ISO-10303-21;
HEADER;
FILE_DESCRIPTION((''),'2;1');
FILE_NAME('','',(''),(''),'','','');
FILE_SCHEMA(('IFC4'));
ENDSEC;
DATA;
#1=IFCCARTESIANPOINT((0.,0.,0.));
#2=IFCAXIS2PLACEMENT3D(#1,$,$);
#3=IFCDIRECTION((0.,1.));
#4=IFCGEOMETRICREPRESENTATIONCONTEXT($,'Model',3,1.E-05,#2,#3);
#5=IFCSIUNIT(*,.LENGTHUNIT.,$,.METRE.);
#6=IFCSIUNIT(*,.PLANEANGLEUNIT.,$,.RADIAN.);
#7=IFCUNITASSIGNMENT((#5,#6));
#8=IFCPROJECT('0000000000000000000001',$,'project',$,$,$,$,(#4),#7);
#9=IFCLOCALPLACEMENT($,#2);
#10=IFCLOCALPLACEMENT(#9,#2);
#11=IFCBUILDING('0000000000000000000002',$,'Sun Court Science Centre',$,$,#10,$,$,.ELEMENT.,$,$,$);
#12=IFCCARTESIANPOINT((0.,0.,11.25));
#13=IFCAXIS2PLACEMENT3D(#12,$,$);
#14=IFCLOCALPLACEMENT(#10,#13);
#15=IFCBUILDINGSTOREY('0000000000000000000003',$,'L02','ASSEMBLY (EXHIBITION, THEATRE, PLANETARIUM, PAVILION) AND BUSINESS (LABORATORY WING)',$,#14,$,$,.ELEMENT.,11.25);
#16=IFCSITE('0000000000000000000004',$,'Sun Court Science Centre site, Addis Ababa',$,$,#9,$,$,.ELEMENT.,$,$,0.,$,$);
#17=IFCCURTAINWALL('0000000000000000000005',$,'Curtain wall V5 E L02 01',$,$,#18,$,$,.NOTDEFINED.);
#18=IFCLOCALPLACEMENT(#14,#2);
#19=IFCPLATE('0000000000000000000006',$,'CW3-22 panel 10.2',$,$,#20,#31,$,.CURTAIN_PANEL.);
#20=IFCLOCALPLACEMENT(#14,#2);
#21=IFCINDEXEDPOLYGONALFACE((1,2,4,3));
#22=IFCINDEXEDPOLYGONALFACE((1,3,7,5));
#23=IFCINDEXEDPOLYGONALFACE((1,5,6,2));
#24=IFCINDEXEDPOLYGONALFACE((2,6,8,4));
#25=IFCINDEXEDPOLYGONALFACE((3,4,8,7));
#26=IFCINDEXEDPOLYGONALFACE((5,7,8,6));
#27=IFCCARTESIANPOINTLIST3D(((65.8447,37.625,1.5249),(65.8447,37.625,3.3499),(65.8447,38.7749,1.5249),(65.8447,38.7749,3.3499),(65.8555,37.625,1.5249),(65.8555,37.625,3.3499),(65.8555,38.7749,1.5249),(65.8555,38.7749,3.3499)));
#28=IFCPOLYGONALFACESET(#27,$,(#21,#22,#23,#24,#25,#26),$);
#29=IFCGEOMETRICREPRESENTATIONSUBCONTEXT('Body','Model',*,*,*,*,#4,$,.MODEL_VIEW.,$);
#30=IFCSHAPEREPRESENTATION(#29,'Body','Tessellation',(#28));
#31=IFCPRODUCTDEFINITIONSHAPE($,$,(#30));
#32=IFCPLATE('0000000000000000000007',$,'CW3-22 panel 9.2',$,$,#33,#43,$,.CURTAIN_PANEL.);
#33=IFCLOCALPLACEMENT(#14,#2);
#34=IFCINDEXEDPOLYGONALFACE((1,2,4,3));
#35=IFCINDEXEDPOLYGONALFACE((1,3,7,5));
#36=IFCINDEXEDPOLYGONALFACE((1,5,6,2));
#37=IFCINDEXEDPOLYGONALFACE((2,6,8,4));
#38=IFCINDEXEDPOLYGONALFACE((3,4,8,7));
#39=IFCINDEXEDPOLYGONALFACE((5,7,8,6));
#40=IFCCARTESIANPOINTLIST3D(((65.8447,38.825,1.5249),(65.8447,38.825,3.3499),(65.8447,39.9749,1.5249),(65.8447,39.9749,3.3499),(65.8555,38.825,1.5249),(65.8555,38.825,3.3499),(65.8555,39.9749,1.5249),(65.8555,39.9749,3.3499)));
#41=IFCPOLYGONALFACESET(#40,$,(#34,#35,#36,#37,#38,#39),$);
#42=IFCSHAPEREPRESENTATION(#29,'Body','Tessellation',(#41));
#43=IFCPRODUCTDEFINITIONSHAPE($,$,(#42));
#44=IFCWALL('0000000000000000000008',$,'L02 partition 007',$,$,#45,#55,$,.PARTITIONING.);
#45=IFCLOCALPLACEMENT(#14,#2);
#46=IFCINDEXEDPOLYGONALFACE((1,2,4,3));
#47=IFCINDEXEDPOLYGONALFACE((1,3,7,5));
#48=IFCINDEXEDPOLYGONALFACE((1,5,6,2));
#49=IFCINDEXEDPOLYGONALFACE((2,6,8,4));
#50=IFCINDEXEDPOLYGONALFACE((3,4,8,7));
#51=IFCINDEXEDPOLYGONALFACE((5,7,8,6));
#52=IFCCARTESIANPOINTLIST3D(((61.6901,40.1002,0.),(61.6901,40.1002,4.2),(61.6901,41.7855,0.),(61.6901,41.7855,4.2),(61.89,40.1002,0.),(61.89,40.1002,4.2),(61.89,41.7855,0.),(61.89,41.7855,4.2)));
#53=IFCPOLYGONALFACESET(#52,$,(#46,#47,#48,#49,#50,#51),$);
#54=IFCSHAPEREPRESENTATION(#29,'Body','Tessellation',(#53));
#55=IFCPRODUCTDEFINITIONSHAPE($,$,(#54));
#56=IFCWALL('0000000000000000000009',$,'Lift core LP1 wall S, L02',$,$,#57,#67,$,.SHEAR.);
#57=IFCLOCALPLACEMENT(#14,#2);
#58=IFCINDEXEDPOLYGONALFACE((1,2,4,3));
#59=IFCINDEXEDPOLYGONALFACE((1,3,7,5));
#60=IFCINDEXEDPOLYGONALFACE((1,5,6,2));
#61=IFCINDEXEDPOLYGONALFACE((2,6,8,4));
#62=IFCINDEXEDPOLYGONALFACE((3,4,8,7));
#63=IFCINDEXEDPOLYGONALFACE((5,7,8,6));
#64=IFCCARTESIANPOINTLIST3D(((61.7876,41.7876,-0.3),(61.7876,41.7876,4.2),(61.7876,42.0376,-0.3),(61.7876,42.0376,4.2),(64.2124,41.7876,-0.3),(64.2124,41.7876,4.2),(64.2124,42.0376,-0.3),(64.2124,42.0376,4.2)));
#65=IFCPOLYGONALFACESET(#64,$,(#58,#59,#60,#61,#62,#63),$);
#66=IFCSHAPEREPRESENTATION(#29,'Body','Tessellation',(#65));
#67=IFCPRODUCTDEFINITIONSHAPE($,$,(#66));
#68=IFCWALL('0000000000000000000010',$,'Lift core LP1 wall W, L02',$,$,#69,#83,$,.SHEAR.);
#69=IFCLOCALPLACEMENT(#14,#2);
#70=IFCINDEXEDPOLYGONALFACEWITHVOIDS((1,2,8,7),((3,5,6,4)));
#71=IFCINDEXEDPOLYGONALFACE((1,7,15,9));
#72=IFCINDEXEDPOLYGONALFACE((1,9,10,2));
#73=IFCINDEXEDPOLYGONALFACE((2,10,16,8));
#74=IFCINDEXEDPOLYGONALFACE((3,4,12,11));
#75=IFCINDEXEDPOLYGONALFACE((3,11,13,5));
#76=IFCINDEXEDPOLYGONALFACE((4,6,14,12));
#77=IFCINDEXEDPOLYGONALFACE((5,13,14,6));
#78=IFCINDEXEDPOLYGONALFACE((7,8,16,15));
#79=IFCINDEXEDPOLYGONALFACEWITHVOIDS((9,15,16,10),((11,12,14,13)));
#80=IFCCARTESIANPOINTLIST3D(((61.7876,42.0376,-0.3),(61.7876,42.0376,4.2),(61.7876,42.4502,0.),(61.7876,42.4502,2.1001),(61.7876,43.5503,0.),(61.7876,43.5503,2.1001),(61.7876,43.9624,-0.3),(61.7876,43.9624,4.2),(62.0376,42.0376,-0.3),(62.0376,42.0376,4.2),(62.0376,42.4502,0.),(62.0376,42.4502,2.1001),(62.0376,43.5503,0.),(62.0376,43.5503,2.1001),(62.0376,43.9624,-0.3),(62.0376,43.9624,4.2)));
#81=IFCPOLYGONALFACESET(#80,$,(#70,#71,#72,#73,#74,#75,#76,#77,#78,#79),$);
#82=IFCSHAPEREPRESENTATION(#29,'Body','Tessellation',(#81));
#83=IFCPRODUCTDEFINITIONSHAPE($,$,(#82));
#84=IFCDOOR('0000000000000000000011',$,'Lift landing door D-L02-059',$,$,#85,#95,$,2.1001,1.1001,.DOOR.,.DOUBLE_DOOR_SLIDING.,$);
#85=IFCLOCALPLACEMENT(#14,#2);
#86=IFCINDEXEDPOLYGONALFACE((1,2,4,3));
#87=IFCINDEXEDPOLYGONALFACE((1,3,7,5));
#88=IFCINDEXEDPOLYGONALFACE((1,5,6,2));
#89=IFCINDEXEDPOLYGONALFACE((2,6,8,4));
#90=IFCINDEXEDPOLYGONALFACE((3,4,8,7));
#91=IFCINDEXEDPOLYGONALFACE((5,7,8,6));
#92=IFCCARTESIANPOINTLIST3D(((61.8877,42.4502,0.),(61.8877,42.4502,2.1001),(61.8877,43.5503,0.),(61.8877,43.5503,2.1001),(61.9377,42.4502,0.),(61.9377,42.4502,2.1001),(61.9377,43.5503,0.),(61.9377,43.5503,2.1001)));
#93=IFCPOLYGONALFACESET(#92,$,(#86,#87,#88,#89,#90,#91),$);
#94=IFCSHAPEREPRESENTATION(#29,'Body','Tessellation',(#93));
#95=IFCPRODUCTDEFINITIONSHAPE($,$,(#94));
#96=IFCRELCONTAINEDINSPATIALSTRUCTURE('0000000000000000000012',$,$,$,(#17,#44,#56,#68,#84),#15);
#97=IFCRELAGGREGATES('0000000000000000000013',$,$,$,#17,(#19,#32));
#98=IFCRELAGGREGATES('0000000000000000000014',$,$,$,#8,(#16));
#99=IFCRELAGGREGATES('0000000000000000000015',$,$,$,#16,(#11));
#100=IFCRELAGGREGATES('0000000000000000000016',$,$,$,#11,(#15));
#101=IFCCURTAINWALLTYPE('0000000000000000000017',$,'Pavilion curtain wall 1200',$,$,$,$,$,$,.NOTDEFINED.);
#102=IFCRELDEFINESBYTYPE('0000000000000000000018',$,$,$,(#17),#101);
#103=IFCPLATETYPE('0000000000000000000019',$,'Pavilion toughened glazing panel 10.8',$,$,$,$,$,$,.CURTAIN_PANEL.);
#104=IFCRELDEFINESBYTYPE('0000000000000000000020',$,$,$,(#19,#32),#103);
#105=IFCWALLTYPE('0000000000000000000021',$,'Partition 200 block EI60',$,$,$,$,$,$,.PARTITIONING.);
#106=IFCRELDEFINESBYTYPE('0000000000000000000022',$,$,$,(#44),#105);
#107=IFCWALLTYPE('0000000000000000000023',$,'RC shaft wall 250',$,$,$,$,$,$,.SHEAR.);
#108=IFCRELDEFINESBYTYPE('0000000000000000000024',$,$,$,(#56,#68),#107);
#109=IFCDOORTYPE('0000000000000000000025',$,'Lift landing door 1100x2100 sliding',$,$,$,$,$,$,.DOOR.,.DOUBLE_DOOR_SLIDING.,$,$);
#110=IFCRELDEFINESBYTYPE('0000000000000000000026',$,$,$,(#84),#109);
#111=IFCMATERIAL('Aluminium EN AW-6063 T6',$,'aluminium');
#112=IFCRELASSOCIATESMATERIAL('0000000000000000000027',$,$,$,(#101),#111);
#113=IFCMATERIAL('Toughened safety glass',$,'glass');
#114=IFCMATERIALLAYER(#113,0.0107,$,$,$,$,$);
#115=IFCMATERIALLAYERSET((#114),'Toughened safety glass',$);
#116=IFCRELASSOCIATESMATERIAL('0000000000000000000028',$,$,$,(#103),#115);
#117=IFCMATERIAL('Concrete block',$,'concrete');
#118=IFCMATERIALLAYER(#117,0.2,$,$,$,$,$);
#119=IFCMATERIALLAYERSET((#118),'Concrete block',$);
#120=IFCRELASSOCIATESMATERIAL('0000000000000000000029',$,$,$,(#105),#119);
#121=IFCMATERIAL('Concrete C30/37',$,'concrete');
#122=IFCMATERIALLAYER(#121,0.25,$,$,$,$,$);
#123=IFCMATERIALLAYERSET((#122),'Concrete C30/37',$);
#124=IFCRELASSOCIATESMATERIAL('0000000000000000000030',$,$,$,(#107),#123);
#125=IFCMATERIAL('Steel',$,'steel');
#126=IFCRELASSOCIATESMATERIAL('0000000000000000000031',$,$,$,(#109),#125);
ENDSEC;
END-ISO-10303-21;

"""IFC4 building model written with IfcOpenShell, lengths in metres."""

from ifc_helpers import new_model, si_unit, direction, frame, frame_2d, origin, origin_2d, place, context, subcontext, project, spatial, rectangle, extrude, material, layer, layer_set, type_object, element, fill, aggregate, save


model = new_model("IFC4")

# Units and contexts
model_context = context("Model", 3, precision=1e-05, world=origin(), true_north=direction((0.0, 1.0)))
body_context = subcontext(model_context, "Body", "Model", "MODEL_VIEW")
ifc_project = project(units=[si_unit("LENGTHUNIT", "METRE"), si_unit("PLANEANGLEUNIT", "RADIAN")], contexts=[model_context])

# Site, building, storey
site_placement = place(None, origin())
site = spatial("IfcSite", under=ifc_project, at=site_placement, Name="Sun Court Science Centre site, Addis Ababa", CompositionType="ELEMENT", RefElevation=0.0)
building_placement = place(site_placement, origin())
building = spatial("IfcBuilding", under=site, at=building_placement, Name="Sun Court Science Centre", CompositionType="ELEMENT")
storey_placement = place(building_placement, frame((0.0, 0.0, 11.25)))
storey = spatial("IfcBuildingStorey", under=building, at=storey_placement, Name="L02", Description="ASSEMBLY (EXHIBITION, THEATRE, PLANETARIUM, PAVILION) AND BUSINESS (LABORATORY WING)", CompositionType="ELEMENT", Elevation=11.25)

# Curtain wall
ifc_material_1 = material(Name="Aluminium EN AW-6063 T6", Category="aluminium")
curtain_wall_type = type_object("IfcCurtainWallType", Name="Pavilion curtain wall 1200", PredefinedType="NOTDEFINED", material=ifc_material_1)
curtain_wall_placement = place(storey_placement, origin())
curtain_wall = element("IfcCurtainWall", 1, at=curtain_wall_placement, inside=storey, type_object=curtain_wall_type, Name="Curtain wall V5 E L02 01", PredefinedType="NOTDEFINED")

# Plates
ifc_material_2 = material(Name="Toughened safety glass", Category="glass")
ifc_layer_1 = layer(ifc_material_2, 0.0107)
ifc_layer_set_1 = layer_set([ifc_layer_1], Name="Toughened safety glass")
plate_type = type_object("IfcPlateType", Name="Pavilion toughened glazing panel 10.8", PredefinedType="CURTAIN_PANEL", material=ifc_layer_set_1)
plate_1_placement = place(storey_placement, frame((65.8501, 38.2, 1.5249), z_axis=(0.0, 0.0, 1.0), x_axis=(0.0, -1.0, 0.0)))
plate_1 = element("IfcPlate", 2, at=plate_1_placement, type_object=plate_type, Name="CW3-22 panel 10.2", PredefinedType="CURTAIN_PANEL", context=body_context, shape_type="SweptSolid", body=[
    extrude(rectangle(XDim=1.1499, YDim=0.0107, at=origin_2d()), origin(), (0.0, 0.0, 1.0), 1.825),
])
plate_2_placement = place(storey_placement, frame((65.8501, 39.3999, 1.5249), z_axis=(0.0, 0.0, 1.0), x_axis=(0.0, -1.0, 0.0)))
plate_2 = element("IfcPlate", 3, at=plate_2_placement, type_object=plate_type, Name="CW3-22 panel 9.2", PredefinedType="CURTAIN_PANEL", context=body_context, shape_type="SweptSolid", body=[
    extrude(rectangle(XDim=1.1499, YDim=0.0107, at=origin_2d()), origin(), (0.0, 0.0, 1.0), 1.825),
])
aggregate(curtain_wall, [plate_1, plate_2])

# Walls
ifc_material_3 = material(Name="Concrete block", Category="concrete")
ifc_layer_2 = layer(ifc_material_3, 0.2)
ifc_layer_set_2 = layer_set([ifc_layer_2], Name="Concrete block")
wall_type_1 = type_object("IfcWallType", Name="Partition 200 block EI60", PredefinedType="PARTITIONING", material=ifc_layer_set_2)
wall_1_placement = place(storey_placement, frame((61.79, 40.1001, 0.0), z_axis=(0.0, 0.0, 1.0), x_axis=(0.0, 1.0, 0.0)))
element("IfcWall", 4, at=wall_1_placement, inside=storey, type_object=wall_type_1, Name="L02 partition 007", PredefinedType="PARTITIONING", context=body_context, shape_type="SweptSolid", body=[
    extrude(rectangle(XDim=1.6853, YDim=0.2, at=frame_2d((0.8428, 0.0))), origin(), (0.0, 0.0, 1.0), 4.2),
])
ifc_material_4 = material(Name="Concrete C30/37", Category="concrete")
ifc_layer_3 = layer(ifc_material_4, 0.25)
ifc_layer_set_3 = layer_set([ifc_layer_3], Name="Concrete C30/37")
wall_type_2 = type_object("IfcWallType", Name="RC shaft wall 250", PredefinedType="SHEAR", material=ifc_layer_set_3)
wall_2_placement = place(storey_placement, frame((61.7876, 41.9126, -0.3), z_axis=(0.0, 0.0, 1.0), x_axis=(1.0, 0.0, 0.0)))
element("IfcWall", 5, at=wall_2_placement, inside=storey, type_object=wall_type_2, Name="Lift core LP1 wall S, L02", PredefinedType="SHEAR", context=body_context, shape_type="SweptSolid", body=[
    extrude(rectangle(XDim=2.4248, YDim=0.25, at=frame_2d((1.2124, 0.0))), origin(), (0.0, 0.0, 1.0), 4.5),
])

# Wall, opening, door
wall_3_placement = place(storey_placement, frame((61.9126, 42.0376, -0.3), z_axis=(0.0, 0.0, 1.0), x_axis=(0.0, 1.0, 0.0)))
wall_3 = element("IfcWall", 6, at=wall_3_placement, inside=storey, type_object=wall_type_2, Name="Lift core LP1 wall W, L02", PredefinedType="SHEAR", context=body_context, shape_type="SweptSolid", body=[
    extrude(rectangle(XDim=1.9248, YDim=0.25, at=frame_2d((0.9624, 0.0))), origin(), (0.0, 0.0, 1.0), 4.5),
])
opening_placement = place(wall_3_placement, frame((0.4126, 0.0, 0.3)))
opening = element("IfcOpeningElement", 7, at=opening_placement, cuts=wall_3, PredefinedType="OPENING", context=body_context, shape_type="SweptSolid", body=[
    extrude(rectangle(XDim=1.1001, YDim=2.1001, at=frame_2d((0.55, 1.05))), frame((0.0, 0.135, 0.0), z_axis=(0.0, -1.0, 0.0), x_axis=(1.0, 0.0, 0.0)), (0.0, 0.0, 1.0), 0.27),
])
ifc_material_5 = material(Name="Steel", Category="steel")
door_type = type_object("IfcDoorType", Name="Lift landing door 1100x2100 sliding", OperationType="DOUBLE_DOOR_SLIDING", PredefinedType="DOOR", material=ifc_material_5)
door_placement = place(opening_placement, origin())
door = element("IfcDoor", 8, at=door_placement, inside=storey, type_object=door_type, Name="Lift landing door D-L02-059", OperationType="DOUBLE_DOOR_SLIDING", OverallHeight=2.1001, OverallWidth=1.1001, PredefinedType="DOOR", context=body_context, shape_type="SweptSolid", body=[
    extrude(rectangle(XDim=1.1001, YDim=2.1001, at=frame_2d((0.55, 1.05))), frame((0.0, 0.0249, 0.0), z_axis=(0.0, -1.0, 0.0), x_axis=(1.0, 0.0, 0.0)), (0.0, 0.0, 1.0), 0.05),
])
fill(opening, door)

save(model, "model.ifc")
